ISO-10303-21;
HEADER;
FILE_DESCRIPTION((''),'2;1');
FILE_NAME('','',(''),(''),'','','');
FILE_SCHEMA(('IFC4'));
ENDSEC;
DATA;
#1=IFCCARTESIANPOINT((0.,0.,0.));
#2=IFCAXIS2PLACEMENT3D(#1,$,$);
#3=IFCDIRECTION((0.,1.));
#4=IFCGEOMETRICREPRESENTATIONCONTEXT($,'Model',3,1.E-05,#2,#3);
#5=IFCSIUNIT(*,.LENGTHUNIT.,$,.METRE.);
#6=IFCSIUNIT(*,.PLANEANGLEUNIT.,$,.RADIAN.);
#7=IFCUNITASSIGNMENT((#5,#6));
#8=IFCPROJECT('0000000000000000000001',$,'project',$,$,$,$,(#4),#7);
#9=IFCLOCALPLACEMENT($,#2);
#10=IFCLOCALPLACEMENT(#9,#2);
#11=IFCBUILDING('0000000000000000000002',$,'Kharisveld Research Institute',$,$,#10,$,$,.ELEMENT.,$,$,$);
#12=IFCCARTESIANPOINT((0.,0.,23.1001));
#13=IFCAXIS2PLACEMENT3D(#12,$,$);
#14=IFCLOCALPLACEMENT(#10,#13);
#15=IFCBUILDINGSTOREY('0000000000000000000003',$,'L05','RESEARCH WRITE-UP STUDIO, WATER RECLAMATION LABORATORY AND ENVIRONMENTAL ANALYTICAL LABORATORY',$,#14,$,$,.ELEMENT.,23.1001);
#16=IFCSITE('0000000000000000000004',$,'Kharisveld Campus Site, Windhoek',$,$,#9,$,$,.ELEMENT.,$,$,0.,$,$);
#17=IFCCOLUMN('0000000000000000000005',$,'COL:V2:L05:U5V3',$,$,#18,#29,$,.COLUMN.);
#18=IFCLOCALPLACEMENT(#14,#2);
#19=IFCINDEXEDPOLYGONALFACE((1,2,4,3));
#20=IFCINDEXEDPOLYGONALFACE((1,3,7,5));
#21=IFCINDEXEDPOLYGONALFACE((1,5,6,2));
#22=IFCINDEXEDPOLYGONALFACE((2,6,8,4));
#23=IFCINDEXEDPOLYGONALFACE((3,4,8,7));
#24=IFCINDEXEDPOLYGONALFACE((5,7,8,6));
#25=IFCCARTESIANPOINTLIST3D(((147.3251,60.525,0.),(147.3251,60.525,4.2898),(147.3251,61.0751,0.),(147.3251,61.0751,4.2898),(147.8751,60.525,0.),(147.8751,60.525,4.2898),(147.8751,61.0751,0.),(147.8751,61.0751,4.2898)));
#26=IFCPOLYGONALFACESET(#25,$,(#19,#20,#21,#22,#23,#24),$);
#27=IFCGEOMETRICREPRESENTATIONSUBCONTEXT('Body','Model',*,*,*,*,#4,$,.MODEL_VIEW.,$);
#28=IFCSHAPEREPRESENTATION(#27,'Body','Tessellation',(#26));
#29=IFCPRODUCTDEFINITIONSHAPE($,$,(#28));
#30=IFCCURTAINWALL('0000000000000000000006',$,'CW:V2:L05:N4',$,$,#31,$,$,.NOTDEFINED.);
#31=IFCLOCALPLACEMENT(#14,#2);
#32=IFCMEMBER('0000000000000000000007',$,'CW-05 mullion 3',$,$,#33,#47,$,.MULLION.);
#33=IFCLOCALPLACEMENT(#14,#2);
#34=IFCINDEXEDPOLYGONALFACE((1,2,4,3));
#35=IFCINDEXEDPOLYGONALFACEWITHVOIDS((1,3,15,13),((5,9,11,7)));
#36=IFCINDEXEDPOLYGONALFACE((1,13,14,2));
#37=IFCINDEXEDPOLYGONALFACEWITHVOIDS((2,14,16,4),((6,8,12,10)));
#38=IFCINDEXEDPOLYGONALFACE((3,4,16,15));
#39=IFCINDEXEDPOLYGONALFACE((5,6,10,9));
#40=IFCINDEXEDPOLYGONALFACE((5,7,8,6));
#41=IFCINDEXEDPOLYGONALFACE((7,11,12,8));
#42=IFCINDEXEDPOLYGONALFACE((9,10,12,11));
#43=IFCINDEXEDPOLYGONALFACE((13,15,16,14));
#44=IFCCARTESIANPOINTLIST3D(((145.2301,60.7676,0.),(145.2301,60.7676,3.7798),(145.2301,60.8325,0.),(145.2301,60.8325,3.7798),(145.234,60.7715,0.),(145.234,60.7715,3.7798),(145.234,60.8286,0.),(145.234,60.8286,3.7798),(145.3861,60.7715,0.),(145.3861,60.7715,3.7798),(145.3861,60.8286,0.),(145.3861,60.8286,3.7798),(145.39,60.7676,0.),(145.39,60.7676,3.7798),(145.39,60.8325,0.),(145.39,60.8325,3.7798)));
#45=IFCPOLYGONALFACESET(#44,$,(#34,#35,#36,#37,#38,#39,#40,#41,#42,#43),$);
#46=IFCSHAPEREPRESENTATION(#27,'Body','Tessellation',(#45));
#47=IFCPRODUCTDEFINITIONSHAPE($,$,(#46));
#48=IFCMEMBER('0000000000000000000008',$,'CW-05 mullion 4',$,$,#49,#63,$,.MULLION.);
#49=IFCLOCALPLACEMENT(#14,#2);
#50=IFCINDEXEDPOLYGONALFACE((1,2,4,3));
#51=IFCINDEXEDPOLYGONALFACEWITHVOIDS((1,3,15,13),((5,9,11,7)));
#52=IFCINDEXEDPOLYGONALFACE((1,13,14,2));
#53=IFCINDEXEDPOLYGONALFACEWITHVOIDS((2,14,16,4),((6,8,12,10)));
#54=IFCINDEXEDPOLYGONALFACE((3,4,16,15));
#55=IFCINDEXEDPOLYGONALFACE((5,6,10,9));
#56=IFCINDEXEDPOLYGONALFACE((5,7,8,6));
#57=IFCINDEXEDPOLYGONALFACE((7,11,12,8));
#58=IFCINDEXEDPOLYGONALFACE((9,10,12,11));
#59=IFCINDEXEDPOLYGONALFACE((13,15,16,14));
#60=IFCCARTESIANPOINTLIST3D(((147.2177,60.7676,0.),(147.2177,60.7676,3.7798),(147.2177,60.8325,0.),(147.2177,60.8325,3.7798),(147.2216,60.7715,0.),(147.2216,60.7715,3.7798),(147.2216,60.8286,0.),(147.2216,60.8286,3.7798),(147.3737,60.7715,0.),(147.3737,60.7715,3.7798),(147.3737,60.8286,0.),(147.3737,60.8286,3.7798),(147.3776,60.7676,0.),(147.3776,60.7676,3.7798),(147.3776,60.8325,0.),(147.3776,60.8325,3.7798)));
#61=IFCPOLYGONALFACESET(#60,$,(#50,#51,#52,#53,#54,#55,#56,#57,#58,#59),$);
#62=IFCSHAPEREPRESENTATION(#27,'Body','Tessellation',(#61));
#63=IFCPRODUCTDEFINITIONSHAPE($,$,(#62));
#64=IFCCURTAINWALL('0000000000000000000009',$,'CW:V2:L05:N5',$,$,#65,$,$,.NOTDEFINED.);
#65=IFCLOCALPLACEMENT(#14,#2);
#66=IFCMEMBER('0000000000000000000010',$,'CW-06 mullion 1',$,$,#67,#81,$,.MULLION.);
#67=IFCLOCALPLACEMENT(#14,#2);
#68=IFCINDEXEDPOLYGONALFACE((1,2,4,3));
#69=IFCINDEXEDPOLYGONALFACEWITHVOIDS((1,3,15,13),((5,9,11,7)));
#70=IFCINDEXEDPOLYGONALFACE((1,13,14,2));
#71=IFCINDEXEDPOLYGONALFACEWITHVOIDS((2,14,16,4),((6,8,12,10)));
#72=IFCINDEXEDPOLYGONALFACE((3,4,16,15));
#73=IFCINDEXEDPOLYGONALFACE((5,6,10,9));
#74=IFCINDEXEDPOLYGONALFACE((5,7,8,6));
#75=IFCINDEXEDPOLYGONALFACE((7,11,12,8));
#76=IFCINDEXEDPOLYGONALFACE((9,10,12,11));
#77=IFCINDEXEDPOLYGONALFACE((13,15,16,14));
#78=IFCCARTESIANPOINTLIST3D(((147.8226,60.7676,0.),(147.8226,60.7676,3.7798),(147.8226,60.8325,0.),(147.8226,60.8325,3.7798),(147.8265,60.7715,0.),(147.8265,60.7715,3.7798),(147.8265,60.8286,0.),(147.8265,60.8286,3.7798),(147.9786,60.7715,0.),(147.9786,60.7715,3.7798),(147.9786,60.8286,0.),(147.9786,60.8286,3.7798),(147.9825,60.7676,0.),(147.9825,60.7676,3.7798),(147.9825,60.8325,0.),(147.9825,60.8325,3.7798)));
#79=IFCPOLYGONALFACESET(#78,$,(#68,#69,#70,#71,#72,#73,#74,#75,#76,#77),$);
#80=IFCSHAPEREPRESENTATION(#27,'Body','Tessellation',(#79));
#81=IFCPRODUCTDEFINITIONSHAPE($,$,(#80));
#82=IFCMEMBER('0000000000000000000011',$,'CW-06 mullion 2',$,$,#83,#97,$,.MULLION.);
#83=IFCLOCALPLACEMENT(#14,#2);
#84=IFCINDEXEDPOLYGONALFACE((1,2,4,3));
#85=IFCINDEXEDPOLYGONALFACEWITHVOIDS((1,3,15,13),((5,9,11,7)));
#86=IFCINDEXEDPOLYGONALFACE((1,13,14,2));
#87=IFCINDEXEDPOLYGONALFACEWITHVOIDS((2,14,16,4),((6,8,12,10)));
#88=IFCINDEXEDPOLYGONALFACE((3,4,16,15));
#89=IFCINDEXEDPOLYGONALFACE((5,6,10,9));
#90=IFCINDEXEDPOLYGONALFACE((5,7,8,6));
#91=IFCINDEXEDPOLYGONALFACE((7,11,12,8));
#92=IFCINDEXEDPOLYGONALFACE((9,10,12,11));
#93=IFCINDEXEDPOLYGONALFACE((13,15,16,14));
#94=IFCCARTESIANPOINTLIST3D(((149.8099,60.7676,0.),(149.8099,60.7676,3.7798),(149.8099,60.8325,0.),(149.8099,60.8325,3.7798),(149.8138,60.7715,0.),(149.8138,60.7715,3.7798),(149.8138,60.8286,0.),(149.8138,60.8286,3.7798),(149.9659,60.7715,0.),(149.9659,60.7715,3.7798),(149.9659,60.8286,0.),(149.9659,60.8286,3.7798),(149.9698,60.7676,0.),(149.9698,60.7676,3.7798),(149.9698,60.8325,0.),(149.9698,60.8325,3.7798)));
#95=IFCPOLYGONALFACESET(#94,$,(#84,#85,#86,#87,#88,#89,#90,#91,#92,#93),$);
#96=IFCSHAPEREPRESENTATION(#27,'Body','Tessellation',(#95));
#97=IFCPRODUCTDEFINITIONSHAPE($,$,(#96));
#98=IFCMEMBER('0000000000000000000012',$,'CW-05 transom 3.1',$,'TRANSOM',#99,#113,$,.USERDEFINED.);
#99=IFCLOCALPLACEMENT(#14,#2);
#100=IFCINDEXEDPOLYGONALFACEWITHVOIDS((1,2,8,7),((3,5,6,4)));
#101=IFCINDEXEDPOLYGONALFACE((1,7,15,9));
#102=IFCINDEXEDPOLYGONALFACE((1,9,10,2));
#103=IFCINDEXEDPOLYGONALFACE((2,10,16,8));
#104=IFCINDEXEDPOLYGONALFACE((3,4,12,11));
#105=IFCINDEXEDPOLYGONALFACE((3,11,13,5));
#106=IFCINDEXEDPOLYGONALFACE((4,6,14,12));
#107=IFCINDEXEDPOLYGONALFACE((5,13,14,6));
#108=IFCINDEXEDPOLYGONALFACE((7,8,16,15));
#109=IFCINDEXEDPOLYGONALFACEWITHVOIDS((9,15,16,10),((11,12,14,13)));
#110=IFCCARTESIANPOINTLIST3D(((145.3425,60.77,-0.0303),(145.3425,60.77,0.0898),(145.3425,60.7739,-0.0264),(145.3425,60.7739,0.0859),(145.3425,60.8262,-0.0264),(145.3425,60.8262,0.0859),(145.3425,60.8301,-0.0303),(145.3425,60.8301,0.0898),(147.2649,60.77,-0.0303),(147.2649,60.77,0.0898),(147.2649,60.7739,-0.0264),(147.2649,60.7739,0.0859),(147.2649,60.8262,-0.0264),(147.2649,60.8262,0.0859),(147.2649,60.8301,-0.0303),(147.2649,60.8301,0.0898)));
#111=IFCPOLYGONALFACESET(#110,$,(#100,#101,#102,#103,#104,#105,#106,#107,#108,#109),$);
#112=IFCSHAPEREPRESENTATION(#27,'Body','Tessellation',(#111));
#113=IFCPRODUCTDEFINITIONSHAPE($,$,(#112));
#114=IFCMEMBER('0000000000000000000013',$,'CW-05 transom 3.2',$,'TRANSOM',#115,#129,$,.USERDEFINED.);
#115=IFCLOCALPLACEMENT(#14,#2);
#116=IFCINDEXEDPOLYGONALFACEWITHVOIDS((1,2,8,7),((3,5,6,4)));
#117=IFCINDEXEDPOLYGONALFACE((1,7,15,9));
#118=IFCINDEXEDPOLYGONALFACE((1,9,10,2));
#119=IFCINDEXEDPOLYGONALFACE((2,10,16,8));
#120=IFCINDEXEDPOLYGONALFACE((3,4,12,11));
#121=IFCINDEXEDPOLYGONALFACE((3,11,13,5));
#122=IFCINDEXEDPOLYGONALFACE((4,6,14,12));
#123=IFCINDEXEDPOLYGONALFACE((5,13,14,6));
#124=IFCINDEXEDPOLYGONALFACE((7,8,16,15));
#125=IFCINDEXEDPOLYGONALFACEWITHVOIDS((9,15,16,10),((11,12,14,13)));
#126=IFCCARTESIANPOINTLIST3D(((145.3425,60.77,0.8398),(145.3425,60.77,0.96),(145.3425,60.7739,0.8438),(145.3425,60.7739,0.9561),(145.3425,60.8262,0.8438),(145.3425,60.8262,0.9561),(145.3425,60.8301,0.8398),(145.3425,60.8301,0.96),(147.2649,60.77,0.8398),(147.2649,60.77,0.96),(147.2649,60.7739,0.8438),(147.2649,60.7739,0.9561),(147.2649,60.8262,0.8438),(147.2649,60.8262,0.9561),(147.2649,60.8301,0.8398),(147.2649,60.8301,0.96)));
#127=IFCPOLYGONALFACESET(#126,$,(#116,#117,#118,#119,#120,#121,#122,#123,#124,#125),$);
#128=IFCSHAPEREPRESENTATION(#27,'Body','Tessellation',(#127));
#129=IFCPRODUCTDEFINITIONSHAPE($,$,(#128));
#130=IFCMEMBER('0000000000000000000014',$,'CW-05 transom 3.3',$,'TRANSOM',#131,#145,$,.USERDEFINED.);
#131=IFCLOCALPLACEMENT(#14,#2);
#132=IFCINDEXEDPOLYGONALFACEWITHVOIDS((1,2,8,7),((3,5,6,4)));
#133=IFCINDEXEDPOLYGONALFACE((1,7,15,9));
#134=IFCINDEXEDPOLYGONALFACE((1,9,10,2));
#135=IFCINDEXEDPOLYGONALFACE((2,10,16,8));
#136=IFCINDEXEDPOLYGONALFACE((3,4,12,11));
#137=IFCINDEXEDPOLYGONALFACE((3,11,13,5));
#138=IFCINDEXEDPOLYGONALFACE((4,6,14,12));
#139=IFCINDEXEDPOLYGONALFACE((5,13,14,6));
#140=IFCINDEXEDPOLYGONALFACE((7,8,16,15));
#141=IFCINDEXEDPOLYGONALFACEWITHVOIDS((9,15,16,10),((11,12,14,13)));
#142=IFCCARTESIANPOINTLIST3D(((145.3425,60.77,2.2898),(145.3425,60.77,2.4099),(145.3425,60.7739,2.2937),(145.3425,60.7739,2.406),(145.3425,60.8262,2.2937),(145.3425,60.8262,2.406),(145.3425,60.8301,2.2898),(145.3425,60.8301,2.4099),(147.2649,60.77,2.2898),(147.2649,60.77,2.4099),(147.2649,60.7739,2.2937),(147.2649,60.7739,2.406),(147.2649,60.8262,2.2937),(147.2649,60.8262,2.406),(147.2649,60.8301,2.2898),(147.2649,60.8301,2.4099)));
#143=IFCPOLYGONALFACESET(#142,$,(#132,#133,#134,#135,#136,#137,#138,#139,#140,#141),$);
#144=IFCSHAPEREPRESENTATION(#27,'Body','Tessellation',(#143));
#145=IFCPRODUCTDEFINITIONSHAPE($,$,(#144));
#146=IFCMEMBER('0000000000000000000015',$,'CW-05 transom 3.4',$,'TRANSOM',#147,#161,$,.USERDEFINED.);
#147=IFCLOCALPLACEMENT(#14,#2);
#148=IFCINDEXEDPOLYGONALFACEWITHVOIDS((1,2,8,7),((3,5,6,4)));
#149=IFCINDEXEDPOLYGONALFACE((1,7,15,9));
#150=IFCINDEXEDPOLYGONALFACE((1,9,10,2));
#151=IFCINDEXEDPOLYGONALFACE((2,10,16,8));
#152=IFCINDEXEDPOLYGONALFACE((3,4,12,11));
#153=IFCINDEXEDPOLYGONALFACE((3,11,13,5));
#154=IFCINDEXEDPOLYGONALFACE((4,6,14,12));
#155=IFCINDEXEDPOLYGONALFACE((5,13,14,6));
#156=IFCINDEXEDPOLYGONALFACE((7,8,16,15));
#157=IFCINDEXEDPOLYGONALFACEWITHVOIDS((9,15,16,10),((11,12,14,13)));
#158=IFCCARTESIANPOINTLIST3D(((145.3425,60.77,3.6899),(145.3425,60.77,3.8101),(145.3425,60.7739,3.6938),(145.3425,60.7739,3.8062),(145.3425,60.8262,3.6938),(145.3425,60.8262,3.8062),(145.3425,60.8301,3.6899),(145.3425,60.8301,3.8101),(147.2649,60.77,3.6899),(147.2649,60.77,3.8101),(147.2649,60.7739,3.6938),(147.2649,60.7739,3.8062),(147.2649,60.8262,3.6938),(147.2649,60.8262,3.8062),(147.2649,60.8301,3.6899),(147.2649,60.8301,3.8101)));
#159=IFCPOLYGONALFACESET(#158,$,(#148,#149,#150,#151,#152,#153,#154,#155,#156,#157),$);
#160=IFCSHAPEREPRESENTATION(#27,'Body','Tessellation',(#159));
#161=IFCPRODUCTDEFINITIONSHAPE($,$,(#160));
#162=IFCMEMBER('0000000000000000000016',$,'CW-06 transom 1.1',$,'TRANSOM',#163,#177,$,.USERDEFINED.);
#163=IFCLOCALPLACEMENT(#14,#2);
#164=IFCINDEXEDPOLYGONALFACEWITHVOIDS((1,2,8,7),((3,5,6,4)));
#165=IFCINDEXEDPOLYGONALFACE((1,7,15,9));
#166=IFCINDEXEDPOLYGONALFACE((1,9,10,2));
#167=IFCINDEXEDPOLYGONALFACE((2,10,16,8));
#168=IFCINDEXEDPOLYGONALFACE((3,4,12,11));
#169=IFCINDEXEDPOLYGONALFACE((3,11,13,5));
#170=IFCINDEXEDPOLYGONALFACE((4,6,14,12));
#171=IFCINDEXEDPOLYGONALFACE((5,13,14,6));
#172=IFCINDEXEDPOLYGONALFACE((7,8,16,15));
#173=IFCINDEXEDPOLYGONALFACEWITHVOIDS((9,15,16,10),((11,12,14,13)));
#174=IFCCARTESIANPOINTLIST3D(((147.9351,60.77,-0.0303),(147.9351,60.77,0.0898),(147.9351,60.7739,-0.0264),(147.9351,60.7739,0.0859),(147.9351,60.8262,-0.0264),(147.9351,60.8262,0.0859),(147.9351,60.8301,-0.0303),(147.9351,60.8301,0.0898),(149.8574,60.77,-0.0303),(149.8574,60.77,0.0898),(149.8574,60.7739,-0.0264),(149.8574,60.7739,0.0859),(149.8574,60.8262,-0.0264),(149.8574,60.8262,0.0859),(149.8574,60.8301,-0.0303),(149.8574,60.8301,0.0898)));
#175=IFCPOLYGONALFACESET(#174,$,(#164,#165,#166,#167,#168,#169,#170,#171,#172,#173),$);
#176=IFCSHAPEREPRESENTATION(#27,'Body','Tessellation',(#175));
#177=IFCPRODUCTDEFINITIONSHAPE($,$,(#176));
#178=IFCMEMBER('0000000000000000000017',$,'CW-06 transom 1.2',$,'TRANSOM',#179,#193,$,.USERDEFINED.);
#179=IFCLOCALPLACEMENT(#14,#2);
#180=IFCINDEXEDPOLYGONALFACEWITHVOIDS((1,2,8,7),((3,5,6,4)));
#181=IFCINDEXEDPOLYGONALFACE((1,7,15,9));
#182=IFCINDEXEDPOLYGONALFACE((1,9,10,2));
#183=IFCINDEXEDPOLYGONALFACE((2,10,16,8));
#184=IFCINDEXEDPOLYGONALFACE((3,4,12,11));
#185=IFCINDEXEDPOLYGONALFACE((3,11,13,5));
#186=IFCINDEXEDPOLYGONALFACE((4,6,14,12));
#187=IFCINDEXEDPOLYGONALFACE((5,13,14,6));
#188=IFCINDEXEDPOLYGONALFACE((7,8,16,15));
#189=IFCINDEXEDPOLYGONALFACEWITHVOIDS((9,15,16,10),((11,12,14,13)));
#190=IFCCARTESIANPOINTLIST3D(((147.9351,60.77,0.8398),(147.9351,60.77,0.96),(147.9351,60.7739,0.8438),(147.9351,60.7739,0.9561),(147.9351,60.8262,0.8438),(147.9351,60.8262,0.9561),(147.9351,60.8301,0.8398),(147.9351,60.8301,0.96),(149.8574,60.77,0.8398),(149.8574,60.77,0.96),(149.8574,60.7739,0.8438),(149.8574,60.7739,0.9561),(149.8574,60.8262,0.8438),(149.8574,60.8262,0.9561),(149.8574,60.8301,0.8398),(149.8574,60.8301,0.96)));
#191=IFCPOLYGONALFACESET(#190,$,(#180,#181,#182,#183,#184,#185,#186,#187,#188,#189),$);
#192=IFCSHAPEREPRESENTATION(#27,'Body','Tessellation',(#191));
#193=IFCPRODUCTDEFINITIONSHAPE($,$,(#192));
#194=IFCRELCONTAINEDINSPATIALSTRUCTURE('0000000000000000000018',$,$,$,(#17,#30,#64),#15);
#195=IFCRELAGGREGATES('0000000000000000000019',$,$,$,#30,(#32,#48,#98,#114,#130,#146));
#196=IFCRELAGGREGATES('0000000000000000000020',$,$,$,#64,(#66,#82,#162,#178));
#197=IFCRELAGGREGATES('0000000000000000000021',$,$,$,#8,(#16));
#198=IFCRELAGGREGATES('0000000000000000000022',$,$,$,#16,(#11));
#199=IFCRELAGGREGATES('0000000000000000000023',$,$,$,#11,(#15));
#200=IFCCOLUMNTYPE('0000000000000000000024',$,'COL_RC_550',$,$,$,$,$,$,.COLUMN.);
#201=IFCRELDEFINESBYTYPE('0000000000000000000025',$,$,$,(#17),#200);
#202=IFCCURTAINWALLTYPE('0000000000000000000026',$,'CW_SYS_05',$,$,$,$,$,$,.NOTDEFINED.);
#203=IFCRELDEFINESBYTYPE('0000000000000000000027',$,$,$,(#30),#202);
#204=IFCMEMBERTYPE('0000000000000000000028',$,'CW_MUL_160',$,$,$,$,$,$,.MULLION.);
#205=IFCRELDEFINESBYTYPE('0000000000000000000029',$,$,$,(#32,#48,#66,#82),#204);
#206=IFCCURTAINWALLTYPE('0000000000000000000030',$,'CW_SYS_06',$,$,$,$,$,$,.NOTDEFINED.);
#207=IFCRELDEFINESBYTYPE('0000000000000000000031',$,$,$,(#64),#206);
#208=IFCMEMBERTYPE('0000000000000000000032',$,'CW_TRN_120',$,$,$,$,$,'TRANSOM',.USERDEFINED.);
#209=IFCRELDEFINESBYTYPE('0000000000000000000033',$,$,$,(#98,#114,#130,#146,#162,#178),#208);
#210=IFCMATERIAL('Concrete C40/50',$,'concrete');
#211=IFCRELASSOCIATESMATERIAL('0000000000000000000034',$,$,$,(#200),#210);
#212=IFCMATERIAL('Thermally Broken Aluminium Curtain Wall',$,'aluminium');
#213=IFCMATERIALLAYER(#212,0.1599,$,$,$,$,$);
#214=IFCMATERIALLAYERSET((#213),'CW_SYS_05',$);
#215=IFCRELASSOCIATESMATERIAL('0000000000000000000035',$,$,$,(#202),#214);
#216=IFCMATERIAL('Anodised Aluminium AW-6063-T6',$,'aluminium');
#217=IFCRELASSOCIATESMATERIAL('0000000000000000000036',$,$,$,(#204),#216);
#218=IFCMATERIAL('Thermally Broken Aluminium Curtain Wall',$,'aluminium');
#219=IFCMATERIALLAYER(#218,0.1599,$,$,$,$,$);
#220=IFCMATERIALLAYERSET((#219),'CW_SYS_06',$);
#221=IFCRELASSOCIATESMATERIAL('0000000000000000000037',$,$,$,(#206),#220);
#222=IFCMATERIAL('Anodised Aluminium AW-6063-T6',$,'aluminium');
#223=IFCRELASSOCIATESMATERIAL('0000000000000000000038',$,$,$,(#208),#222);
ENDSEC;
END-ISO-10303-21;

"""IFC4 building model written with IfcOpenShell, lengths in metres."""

from ifc_helpers import new_model, si_unit, direction, frame, origin, origin_2d, place, context, subcontext, project, spatial, rectangle, hollow_rectangle, extrude, material, layer, layer_set, material_profile, profile_set, type_object, element, aggregate, save


model = new_model("IFC4")

# Units and contexts
model_context = context("Model", 3, precision=1e-05, world=origin(), true_north=direction((0.0, 1.0)))
body_context = subcontext(model_context, "Body", "Model", "MODEL_VIEW")
ifc_project = project(units=[si_unit("LENGTHUNIT", "METRE"), si_unit("PLANEANGLEUNIT", "RADIAN")], contexts=[model_context])

# Site, building, storey
site_placement = place(None, origin())
site = spatial("IfcSite", under=ifc_project, at=site_placement, Name="Kharisveld Campus Site, Windhoek", CompositionType="ELEMENT", RefElevation=0.0)
building_placement = place(site_placement, origin())
building = spatial("IfcBuilding", under=site, at=building_placement, Name="Kharisveld Research Institute", CompositionType="ELEMENT")
storey_placement = place(building_placement, frame((0.0, 0.0, 23.1001)))
storey = spatial("IfcBuildingStorey", under=building, at=storey_placement, Name="L05", Description="RESEARCH WRITE-UP STUDIO, WATER RECLAMATION LABORATORY AND ENVIRONMENTAL ANALYTICAL LABORATORY", CompositionType="ELEMENT", Elevation=23.1001)

# Column
ifc_material_1 = material(Name="Concrete C40/50", Category="concrete")
ifc_material_profile_1 = material_profile(ifc_material_1, rectangle(XDim=0.55, YDim=0.55, at=origin_2d()))
ifc_profile_set_1 = profile_set([ifc_material_profile_1], Name="Concrete C40/50")
column_type = type_object("IfcColumnType", Name="COL_RC_550", PredefinedType="COLUMN", material=ifc_profile_set_1)
column_placement = place(storey_placement, frame((147.6001, 60.8, 0.0), z_axis=(0.0, 0.0, 1.0), x_axis=(1.0, 0.0, 0.0)))
element("IfcColumn", 1, at=column_placement, inside=storey, type_object=column_type, Name="COL:V2:L05:U5V3", PredefinedType="COLUMN", context=body_context, shape_type="SweptSolid", body=[
    extrude(rectangle(XDim=0.55, YDim=0.55, at=origin_2d()), origin(), (0.0, 0.0, 1.0), 4.2898),
])

# Curtain walls, members
ifc_material_2 = material(Name="Thermally Broken Aluminium Curtain Wall", Category="aluminium")
ifc_layer_1 = layer(ifc_material_2, 0.1599)
ifc_layer_set_1 = layer_set([ifc_layer_1], Name="CW_SYS_05")
curtain_wall_type_1 = type_object("IfcCurtainWallType", Name="CW_SYS_05", PredefinedType="NOTDEFINED", material=ifc_layer_set_1)
curtain_wall_1_placement = place(storey_placement, origin())
curtain_wall_1 = element("IfcCurtainWall", 2, at=curtain_wall_1_placement, inside=storey, type_object=curtain_wall_type_1, Name="CW:V2:L05:N4", PredefinedType="NOTDEFINED")
ifc_material_3 = material(Name="Anodised Aluminium AW-6063-T6", Category="aluminium")
ifc_material_profile_2 = material_profile(ifc_material_3, hollow_rectangle(XDim=0.0649, YDim=0.1599, WallThickness=0.0039, at=origin_2d()))
ifc_profile_set_2 = profile_set([ifc_material_profile_2], Name="Anodised Aluminium AW-6063-T6")
member_type_1 = type_object("IfcMemberType", Name="CW_MUL_160", PredefinedType="MULLION", material=ifc_profile_set_2)
member_1_placement = place(storey_placement, frame((145.3101, 60.8, 0.0), z_axis=(0.0, 0.0, 1.0), x_axis=(0.0, 1.0, 0.0)))
member_1 = element("IfcMember", 3, at=member_1_placement, type_object=member_type_1, Name="CW-05 mullion 3", PredefinedType="MULLION", context=body_context, shape_type="SweptSolid", body=[
    extrude(hollow_rectangle(XDim=0.0649, YDim=0.1599, WallThickness=0.0039, at=origin_2d()), origin(), (0.0, 0.0, 1.0), 3.7798),
])
member_2_placement = place(storey_placement, frame((147.2976, 60.8, 0.0), z_axis=(0.0, 0.0, 1.0), x_axis=(0.0, 1.0, 0.0)))
member_2 = element("IfcMember", 4, at=member_2_placement, type_object=member_type_1, Name="CW-05 mullion 4", PredefinedType="MULLION", context=body_context, shape_type="SweptSolid", body=[
    extrude(hollow_rectangle(XDim=0.0649, YDim=0.1599, WallThickness=0.0039, at=origin_2d()), origin(), (0.0, 0.0, 1.0), 3.7798),
])
ifc_material_4 = material(Name="Thermally Broken Aluminium Curtain Wall", Category="aluminium")
ifc_layer_2 = layer(ifc_material_4, 0.1599)
ifc_layer_set_2 = layer_set([ifc_layer_2], Name="CW_SYS_06")
curtain_wall_type_2 = type_object("IfcCurtainWallType", Name="CW_SYS_06", PredefinedType="NOTDEFINED", material=ifc_layer_set_2)
curtain_wall_2_placement = place(storey_placement, origin())
curtain_wall_2 = element("IfcCurtainWall", 5, at=curtain_wall_2_placement, inside=storey, type_object=curtain_wall_type_2, Name="CW:V2:L05:N5", PredefinedType="NOTDEFINED")
member_3_placement = place(storey_placement, frame((147.9026, 60.8, 0.0), z_axis=(0.0, 0.0, 1.0), x_axis=(0.0, 1.0, 0.0)))
member_3 = element("IfcMember", 6, at=member_3_placement, type_object=member_type_1, Name="CW-06 mullion 1", PredefinedType="MULLION", context=body_context, shape_type="SweptSolid", body=[
    extrude(hollow_rectangle(XDim=0.0649, YDim=0.1599, WallThickness=0.0039, at=origin_2d()), origin(), (0.0, 0.0, 1.0), 3.7798),
])
member_4_placement = place(storey_placement, frame((149.8899, 60.8, 0.0), z_axis=(0.0, 0.0, 1.0), x_axis=(0.0, 1.0, 0.0)))
member_4 = element("IfcMember", 7, at=member_4_placement, type_object=member_type_1, Name="CW-06 mullion 2", PredefinedType="MULLION", context=body_context, shape_type="SweptSolid", body=[
    extrude(hollow_rectangle(XDim=0.0649, YDim=0.1599, WallThickness=0.0039, at=origin_2d()), origin(), (0.0, 0.0, 1.0), 3.7798),
])

# Members
ifc_material_5 = material(Name="Anodised Aluminium AW-6063-T6", Category="aluminium")
ifc_material_profile_3 = material_profile(ifc_material_5, hollow_rectangle(XDim=0.0601, YDim=0.1201, WallThickness=0.0039, at=origin_2d()))
ifc_profile_set_3 = profile_set([ifc_material_profile_3], Name="Anodised Aluminium AW-6063-T6")
member_type_2 = type_object("IfcMemberType", Name="CW_TRN_120", ElementType="TRANSOM", PredefinedType="USERDEFINED", material=ifc_profile_set_3)
member_5_placement = place(storey_placement, frame((145.3425, 60.8, 0.0298), z_axis=(1.0, 0.0, 0.0), x_axis=(0.0, 1.0, 0.0)))
member_5 = element("IfcMember", 8, at=member_5_placement, type_object=member_type_2, Name="CW-05 transom 3.1", ObjectType="TRANSOM", PredefinedType="USERDEFINED", context=body_context, shape_type="SweptSolid", body=[
    extrude(hollow_rectangle(XDim=0.0601, YDim=0.1201, WallThickness=0.0039, at=origin_2d()), origin(), (0.0, 0.0, 1.0), 1.9224),
])
member_6_placement = place(storey_placement, frame((145.3425, 60.8, 0.8999), z_axis=(1.0, 0.0, 0.0), x_axis=(0.0, 1.0, 0.0)))
member_6 = element("IfcMember", 9, at=member_6_placement, type_object=member_type_2, Name="CW-05 transom 3.2", ObjectType="TRANSOM", PredefinedType="USERDEFINED", context=body_context, shape_type="SweptSolid", body=[
    extrude(hollow_rectangle(XDim=0.0601, YDim=0.1201, WallThickness=0.0039, at=origin_2d()), origin(), (0.0, 0.0, 1.0), 1.9224),
])
member_7_placement = place(storey_placement, frame((145.3425, 60.8, 2.3499), z_axis=(1.0, 0.0, 0.0), x_axis=(0.0, 1.0, 0.0)))
member_7 = element("IfcMember", 10, at=member_7_placement, type_object=member_type_2, Name="CW-05 transom 3.3", ObjectType="TRANSOM", PredefinedType="USERDEFINED", context=body_context, shape_type="SweptSolid", body=[
    extrude(hollow_rectangle(XDim=0.0601, YDim=0.1201, WallThickness=0.0039, at=origin_2d()), origin(), (0.0, 0.0, 1.0), 1.9224),
])
member_8_placement = place(storey_placement, frame((145.3425, 60.8, 3.75), z_axis=(1.0, 0.0, 0.0), x_axis=(0.0, 1.0, 0.0)))
member_8 = element("IfcMember", 11, at=member_8_placement, type_object=member_type_2, Name="CW-05 transom 3.4", ObjectType="TRANSOM", PredefinedType="USERDEFINED", context=body_context, shape_type="SweptSolid", body=[
    extrude(hollow_rectangle(XDim=0.0601, YDim=0.1201, WallThickness=0.0039, at=origin_2d()), origin(), (0.0, 0.0, 1.0), 1.9224),
])
member_9_placement = place(storey_placement, frame((147.9351, 60.8, 0.0298), z_axis=(1.0, 0.0, 0.0), x_axis=(0.0, 1.0, 0.0)))
member_9 = element("IfcMember", 12, at=member_9_placement, type_object=member_type_2, Name="CW-06 transom 1.1", ObjectType="TRANSOM", PredefinedType="USERDEFINED", context=body_context, shape_type="SweptSolid", body=[
    extrude(hollow_rectangle(XDim=0.0601, YDim=0.1201, WallThickness=0.0039, at=origin_2d()), origin(), (0.0, 0.0, 1.0), 1.9224),
])
member_10_placement = place(storey_placement, frame((147.9351, 60.8, 0.8999), z_axis=(1.0, 0.0, 0.0), x_axis=(0.0, 1.0, 0.0)))
member_10 = element("IfcMember", 13, at=member_10_placement, type_object=member_type_2, Name="CW-06 transom 1.2", ObjectType="TRANSOM", PredefinedType="USERDEFINED", context=body_context, shape_type="SweptSolid", body=[
    extrude(hollow_rectangle(XDim=0.0601, YDim=0.1201, WallThickness=0.0039, at=origin_2d()), origin(), (0.0, 0.0, 1.0), 1.9224),
])

aggregate(curtain_wall_1, [member_1, member_2, member_5, member_6, member_7, member_8])
aggregate(curtain_wall_2, [member_3, member_4, member_9, member_10])

save(model, "model.ifc")
